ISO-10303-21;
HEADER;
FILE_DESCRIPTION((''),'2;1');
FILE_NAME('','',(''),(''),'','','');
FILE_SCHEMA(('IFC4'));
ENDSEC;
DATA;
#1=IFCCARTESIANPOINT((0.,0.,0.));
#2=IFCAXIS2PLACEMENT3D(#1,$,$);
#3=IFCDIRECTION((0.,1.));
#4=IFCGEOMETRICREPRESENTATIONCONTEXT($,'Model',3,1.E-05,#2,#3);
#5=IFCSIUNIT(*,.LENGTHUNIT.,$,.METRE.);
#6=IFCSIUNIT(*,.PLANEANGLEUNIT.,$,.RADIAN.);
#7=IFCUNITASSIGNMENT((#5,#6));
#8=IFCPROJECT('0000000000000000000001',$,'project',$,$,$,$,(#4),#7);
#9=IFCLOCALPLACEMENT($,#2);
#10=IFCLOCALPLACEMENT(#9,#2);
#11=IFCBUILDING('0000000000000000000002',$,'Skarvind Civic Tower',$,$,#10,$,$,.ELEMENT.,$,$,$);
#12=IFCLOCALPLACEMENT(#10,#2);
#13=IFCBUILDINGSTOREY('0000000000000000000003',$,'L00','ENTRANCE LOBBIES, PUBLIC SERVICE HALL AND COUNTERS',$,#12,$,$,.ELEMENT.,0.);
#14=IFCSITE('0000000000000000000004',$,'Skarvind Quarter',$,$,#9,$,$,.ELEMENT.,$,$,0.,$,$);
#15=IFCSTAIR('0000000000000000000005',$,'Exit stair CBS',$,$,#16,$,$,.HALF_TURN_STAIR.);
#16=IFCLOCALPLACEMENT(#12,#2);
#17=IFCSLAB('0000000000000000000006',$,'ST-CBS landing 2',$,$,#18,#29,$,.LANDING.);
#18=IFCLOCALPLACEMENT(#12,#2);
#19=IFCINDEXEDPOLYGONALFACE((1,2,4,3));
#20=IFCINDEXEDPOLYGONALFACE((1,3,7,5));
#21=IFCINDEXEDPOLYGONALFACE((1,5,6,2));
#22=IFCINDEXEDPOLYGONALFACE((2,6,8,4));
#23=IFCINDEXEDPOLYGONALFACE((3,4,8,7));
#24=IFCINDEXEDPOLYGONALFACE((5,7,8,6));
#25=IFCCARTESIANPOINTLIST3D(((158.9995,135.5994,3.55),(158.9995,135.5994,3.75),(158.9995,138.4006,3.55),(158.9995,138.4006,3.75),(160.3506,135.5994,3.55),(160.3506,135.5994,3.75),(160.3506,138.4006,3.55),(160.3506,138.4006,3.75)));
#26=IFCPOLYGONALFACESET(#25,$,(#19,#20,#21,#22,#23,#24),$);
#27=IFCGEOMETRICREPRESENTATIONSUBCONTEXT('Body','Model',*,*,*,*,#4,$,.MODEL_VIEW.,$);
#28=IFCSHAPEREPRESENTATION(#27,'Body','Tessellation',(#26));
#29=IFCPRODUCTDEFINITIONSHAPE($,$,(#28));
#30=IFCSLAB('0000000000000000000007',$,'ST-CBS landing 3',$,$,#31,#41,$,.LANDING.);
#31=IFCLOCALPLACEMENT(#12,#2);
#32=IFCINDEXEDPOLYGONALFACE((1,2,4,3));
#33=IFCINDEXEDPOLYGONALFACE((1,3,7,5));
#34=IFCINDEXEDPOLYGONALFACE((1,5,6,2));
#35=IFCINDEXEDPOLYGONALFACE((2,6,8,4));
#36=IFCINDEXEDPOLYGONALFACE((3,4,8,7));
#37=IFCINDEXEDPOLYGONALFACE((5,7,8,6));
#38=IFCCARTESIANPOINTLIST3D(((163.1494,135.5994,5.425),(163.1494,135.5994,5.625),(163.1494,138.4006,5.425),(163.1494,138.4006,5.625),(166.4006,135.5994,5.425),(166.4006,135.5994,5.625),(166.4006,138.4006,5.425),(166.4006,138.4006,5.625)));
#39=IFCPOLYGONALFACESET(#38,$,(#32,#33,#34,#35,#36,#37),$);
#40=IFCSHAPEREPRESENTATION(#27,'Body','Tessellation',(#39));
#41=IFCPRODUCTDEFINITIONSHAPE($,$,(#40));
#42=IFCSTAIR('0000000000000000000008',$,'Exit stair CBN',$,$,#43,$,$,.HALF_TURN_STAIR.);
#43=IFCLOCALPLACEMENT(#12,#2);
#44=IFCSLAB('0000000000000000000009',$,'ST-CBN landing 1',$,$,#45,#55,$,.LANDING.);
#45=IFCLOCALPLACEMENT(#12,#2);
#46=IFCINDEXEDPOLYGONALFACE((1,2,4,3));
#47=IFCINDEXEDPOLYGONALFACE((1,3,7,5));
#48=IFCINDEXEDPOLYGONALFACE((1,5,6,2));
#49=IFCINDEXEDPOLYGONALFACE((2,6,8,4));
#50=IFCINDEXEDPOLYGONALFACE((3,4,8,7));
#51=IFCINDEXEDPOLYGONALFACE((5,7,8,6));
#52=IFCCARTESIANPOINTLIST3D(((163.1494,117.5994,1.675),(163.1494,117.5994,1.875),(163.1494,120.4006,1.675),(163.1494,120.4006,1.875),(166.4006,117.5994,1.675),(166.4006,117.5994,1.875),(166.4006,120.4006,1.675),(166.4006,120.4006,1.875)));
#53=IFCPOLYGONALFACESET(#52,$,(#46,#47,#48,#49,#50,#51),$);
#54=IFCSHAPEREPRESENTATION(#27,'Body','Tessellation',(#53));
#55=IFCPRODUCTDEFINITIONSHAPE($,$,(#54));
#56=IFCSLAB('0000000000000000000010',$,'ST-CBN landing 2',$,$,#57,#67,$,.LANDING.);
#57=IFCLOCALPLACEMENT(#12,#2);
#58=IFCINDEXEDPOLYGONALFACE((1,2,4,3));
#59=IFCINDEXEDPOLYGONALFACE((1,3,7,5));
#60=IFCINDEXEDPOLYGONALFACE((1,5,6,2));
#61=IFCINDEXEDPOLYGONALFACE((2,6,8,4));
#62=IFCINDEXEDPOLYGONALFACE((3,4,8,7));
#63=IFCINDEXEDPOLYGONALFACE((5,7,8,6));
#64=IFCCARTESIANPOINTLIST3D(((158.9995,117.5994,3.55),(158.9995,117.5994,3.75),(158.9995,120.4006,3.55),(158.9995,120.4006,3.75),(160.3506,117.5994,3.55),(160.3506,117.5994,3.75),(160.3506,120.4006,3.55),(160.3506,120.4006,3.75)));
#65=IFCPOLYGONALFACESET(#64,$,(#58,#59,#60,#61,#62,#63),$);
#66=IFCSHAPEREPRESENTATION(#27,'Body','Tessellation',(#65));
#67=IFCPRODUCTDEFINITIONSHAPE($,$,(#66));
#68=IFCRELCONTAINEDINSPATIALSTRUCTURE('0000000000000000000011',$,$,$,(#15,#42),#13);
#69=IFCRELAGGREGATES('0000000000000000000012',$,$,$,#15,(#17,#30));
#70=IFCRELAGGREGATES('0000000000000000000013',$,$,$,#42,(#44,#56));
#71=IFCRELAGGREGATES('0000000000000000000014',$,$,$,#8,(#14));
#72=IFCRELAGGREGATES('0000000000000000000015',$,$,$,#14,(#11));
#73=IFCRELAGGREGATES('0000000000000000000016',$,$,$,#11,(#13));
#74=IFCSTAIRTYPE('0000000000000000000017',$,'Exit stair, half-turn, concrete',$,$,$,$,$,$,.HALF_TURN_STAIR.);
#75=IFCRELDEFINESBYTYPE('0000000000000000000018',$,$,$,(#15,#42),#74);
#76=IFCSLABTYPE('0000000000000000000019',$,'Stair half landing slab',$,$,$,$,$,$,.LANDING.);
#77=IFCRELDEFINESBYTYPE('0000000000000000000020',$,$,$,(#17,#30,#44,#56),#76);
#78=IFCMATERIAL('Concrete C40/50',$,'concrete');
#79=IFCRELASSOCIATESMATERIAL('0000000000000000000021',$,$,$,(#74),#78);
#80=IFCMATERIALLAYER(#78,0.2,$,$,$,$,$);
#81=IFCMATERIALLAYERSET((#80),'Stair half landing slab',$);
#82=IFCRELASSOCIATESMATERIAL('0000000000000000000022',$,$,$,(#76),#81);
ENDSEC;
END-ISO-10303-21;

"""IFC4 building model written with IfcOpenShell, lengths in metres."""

from ifc_helpers import new_model, si_unit, direction, frame, origin, place, context, subcontext, project, spatial, polyline, outline, extrude, material, layer, layer_set, type_object, element, aggregate, save


model = new_model("IFC4")

# Units and contexts
model_context = context("Model", 3, precision=1e-05, world=origin(), true_north=direction((0.0, 1.0)))
body_context = subcontext(model_context, "Body", "Model", "MODEL_VIEW")
ifc_project = project(units=[si_unit("LENGTHUNIT", "METRE"), si_unit("PLANEANGLEUNIT", "RADIAN")], contexts=[model_context])

# Site, building, storey
site_placement = place(None, origin())
site = spatial("IfcSite", under=ifc_project, at=site_placement, Name="Skarvind Quarter", CompositionType="ELEMENT", RefElevation=0.0)
building_placement = place(site_placement, origin())
building = spatial("IfcBuilding", under=site, at=building_placement, Name="Skarvind Civic Tower", CompositionType="ELEMENT")
storey_placement = place(building_placement, origin())
storey = spatial("IfcBuildingStorey", under=building, at=storey_placement, Name="L00", Description="ENTRANCE LOBBIES, PUBLIC SERVICE HALL AND COUNTERS", CompositionType="ELEMENT", Elevation=0.0)

# Shared definitions
ifc_material_1 = material(Name="Concrete C40/50", Category="concrete")

# Stairs, slabs
stair_type = type_object("IfcStairType", Name="Exit stair, half-turn, concrete", PredefinedType="HALF_TURN_STAIR", material=ifc_material_1)
ifc_layer_1 = layer(ifc_material_1, 0.2)
ifc_layer_set_1 = layer_set([ifc_layer_1], Name="Stair half landing slab")
slab_type_1 = type_object("IfcSlabType", Name="Stair half landing slab", PredefinedType="LANDING", material=ifc_layer_set_1)
stair_1_placement = place(storey_placement, origin())
stair_1 = element("IfcStair", 1, at=stair_1_placement, inside=storey, type_object=stair_type, Name="Exit stair CBS", PredefinedType="HALF_TURN_STAIR")
slab_1_placement = place(storey_placement, frame((0.0, 0.0, 3.55)))
slab_1 = element("IfcSlab", 2, at=slab_1_placement, type_object=slab_type_1, Name="ST-CBS landing 2", PredefinedType="LANDING", context=body_context, shape_type="SweptSolid", body=[
    extrude(outline(polyline([(158.9995, 135.5994), (158.9995, 138.4006), (160.3506, 138.4006), (160.3506, 135.5994), (158.9995, 135.5994)])), origin(), (0.0, 0.0, 1.0), 0.2),
])
slab_2_placement = place(storey_placement, frame((0.0, 0.0, 5.425)))
slab_2 = element("IfcSlab", 3, at=slab_2_placement, type_object=slab_type_1, Name="ST-CBS landing 3", PredefinedType="LANDING", context=body_context, shape_type="SweptSolid", body=[
    extrude(outline(polyline([(163.1494, 135.5994), (163.1494, 138.4006), (166.4006, 138.4006), (166.4006, 135.5994), (163.1494, 135.5994)])), origin(), (0.0, 0.0, 1.0), 0.2),
])
aggregate(stair_1, [slab_1, slab_2])
stair_2_placement = place(storey_placement, origin())
stair_2 = element("IfcStair", 4, at=stair_2_placement, inside=storey, type_object=stair_type, Name="Exit stair CBN", PredefinedType="HALF_TURN_STAIR")
slab_3_placement = place(storey_placement, frame((0.0, 0.0, 1.675)))
slab_3 = element("IfcSlab", 5, at=slab_3_placement, type_object=slab_type_1, Name="ST-CBN landing 1", PredefinedType="LANDING", context=body_context, shape_type="SweptSolid", body=[
    extrude(outline(polyline([(163.1494, 117.5994), (163.1494, 120.4006), (166.4006, 120.4006), (166.4006, 117.5994), (163.1494, 117.5994)])), origin(), (0.0, 0.0, 1.0), 0.2),
])
slab_4_placement = place(storey_placement, frame((0.0, 0.0, 3.55)))
slab_4 = element("IfcSlab", 6, at=slab_4_placement, type_object=slab_type_1, Name="ST-CBN landing 2", PredefinedType="LANDING", context=body_context, shape_type="SweptSolid", body=[
    extrude(outline(polyline([(158.9995, 117.5994), (158.9995, 120.4006), (160.3506, 120.4006), (160.3506, 117.5994), (158.9995, 117.5994)])), origin(), (0.0, 0.0, 1.0), 0.2),
])
aggregate(stair_2, [slab_3, slab_4])

save(model, "model.ifc")
